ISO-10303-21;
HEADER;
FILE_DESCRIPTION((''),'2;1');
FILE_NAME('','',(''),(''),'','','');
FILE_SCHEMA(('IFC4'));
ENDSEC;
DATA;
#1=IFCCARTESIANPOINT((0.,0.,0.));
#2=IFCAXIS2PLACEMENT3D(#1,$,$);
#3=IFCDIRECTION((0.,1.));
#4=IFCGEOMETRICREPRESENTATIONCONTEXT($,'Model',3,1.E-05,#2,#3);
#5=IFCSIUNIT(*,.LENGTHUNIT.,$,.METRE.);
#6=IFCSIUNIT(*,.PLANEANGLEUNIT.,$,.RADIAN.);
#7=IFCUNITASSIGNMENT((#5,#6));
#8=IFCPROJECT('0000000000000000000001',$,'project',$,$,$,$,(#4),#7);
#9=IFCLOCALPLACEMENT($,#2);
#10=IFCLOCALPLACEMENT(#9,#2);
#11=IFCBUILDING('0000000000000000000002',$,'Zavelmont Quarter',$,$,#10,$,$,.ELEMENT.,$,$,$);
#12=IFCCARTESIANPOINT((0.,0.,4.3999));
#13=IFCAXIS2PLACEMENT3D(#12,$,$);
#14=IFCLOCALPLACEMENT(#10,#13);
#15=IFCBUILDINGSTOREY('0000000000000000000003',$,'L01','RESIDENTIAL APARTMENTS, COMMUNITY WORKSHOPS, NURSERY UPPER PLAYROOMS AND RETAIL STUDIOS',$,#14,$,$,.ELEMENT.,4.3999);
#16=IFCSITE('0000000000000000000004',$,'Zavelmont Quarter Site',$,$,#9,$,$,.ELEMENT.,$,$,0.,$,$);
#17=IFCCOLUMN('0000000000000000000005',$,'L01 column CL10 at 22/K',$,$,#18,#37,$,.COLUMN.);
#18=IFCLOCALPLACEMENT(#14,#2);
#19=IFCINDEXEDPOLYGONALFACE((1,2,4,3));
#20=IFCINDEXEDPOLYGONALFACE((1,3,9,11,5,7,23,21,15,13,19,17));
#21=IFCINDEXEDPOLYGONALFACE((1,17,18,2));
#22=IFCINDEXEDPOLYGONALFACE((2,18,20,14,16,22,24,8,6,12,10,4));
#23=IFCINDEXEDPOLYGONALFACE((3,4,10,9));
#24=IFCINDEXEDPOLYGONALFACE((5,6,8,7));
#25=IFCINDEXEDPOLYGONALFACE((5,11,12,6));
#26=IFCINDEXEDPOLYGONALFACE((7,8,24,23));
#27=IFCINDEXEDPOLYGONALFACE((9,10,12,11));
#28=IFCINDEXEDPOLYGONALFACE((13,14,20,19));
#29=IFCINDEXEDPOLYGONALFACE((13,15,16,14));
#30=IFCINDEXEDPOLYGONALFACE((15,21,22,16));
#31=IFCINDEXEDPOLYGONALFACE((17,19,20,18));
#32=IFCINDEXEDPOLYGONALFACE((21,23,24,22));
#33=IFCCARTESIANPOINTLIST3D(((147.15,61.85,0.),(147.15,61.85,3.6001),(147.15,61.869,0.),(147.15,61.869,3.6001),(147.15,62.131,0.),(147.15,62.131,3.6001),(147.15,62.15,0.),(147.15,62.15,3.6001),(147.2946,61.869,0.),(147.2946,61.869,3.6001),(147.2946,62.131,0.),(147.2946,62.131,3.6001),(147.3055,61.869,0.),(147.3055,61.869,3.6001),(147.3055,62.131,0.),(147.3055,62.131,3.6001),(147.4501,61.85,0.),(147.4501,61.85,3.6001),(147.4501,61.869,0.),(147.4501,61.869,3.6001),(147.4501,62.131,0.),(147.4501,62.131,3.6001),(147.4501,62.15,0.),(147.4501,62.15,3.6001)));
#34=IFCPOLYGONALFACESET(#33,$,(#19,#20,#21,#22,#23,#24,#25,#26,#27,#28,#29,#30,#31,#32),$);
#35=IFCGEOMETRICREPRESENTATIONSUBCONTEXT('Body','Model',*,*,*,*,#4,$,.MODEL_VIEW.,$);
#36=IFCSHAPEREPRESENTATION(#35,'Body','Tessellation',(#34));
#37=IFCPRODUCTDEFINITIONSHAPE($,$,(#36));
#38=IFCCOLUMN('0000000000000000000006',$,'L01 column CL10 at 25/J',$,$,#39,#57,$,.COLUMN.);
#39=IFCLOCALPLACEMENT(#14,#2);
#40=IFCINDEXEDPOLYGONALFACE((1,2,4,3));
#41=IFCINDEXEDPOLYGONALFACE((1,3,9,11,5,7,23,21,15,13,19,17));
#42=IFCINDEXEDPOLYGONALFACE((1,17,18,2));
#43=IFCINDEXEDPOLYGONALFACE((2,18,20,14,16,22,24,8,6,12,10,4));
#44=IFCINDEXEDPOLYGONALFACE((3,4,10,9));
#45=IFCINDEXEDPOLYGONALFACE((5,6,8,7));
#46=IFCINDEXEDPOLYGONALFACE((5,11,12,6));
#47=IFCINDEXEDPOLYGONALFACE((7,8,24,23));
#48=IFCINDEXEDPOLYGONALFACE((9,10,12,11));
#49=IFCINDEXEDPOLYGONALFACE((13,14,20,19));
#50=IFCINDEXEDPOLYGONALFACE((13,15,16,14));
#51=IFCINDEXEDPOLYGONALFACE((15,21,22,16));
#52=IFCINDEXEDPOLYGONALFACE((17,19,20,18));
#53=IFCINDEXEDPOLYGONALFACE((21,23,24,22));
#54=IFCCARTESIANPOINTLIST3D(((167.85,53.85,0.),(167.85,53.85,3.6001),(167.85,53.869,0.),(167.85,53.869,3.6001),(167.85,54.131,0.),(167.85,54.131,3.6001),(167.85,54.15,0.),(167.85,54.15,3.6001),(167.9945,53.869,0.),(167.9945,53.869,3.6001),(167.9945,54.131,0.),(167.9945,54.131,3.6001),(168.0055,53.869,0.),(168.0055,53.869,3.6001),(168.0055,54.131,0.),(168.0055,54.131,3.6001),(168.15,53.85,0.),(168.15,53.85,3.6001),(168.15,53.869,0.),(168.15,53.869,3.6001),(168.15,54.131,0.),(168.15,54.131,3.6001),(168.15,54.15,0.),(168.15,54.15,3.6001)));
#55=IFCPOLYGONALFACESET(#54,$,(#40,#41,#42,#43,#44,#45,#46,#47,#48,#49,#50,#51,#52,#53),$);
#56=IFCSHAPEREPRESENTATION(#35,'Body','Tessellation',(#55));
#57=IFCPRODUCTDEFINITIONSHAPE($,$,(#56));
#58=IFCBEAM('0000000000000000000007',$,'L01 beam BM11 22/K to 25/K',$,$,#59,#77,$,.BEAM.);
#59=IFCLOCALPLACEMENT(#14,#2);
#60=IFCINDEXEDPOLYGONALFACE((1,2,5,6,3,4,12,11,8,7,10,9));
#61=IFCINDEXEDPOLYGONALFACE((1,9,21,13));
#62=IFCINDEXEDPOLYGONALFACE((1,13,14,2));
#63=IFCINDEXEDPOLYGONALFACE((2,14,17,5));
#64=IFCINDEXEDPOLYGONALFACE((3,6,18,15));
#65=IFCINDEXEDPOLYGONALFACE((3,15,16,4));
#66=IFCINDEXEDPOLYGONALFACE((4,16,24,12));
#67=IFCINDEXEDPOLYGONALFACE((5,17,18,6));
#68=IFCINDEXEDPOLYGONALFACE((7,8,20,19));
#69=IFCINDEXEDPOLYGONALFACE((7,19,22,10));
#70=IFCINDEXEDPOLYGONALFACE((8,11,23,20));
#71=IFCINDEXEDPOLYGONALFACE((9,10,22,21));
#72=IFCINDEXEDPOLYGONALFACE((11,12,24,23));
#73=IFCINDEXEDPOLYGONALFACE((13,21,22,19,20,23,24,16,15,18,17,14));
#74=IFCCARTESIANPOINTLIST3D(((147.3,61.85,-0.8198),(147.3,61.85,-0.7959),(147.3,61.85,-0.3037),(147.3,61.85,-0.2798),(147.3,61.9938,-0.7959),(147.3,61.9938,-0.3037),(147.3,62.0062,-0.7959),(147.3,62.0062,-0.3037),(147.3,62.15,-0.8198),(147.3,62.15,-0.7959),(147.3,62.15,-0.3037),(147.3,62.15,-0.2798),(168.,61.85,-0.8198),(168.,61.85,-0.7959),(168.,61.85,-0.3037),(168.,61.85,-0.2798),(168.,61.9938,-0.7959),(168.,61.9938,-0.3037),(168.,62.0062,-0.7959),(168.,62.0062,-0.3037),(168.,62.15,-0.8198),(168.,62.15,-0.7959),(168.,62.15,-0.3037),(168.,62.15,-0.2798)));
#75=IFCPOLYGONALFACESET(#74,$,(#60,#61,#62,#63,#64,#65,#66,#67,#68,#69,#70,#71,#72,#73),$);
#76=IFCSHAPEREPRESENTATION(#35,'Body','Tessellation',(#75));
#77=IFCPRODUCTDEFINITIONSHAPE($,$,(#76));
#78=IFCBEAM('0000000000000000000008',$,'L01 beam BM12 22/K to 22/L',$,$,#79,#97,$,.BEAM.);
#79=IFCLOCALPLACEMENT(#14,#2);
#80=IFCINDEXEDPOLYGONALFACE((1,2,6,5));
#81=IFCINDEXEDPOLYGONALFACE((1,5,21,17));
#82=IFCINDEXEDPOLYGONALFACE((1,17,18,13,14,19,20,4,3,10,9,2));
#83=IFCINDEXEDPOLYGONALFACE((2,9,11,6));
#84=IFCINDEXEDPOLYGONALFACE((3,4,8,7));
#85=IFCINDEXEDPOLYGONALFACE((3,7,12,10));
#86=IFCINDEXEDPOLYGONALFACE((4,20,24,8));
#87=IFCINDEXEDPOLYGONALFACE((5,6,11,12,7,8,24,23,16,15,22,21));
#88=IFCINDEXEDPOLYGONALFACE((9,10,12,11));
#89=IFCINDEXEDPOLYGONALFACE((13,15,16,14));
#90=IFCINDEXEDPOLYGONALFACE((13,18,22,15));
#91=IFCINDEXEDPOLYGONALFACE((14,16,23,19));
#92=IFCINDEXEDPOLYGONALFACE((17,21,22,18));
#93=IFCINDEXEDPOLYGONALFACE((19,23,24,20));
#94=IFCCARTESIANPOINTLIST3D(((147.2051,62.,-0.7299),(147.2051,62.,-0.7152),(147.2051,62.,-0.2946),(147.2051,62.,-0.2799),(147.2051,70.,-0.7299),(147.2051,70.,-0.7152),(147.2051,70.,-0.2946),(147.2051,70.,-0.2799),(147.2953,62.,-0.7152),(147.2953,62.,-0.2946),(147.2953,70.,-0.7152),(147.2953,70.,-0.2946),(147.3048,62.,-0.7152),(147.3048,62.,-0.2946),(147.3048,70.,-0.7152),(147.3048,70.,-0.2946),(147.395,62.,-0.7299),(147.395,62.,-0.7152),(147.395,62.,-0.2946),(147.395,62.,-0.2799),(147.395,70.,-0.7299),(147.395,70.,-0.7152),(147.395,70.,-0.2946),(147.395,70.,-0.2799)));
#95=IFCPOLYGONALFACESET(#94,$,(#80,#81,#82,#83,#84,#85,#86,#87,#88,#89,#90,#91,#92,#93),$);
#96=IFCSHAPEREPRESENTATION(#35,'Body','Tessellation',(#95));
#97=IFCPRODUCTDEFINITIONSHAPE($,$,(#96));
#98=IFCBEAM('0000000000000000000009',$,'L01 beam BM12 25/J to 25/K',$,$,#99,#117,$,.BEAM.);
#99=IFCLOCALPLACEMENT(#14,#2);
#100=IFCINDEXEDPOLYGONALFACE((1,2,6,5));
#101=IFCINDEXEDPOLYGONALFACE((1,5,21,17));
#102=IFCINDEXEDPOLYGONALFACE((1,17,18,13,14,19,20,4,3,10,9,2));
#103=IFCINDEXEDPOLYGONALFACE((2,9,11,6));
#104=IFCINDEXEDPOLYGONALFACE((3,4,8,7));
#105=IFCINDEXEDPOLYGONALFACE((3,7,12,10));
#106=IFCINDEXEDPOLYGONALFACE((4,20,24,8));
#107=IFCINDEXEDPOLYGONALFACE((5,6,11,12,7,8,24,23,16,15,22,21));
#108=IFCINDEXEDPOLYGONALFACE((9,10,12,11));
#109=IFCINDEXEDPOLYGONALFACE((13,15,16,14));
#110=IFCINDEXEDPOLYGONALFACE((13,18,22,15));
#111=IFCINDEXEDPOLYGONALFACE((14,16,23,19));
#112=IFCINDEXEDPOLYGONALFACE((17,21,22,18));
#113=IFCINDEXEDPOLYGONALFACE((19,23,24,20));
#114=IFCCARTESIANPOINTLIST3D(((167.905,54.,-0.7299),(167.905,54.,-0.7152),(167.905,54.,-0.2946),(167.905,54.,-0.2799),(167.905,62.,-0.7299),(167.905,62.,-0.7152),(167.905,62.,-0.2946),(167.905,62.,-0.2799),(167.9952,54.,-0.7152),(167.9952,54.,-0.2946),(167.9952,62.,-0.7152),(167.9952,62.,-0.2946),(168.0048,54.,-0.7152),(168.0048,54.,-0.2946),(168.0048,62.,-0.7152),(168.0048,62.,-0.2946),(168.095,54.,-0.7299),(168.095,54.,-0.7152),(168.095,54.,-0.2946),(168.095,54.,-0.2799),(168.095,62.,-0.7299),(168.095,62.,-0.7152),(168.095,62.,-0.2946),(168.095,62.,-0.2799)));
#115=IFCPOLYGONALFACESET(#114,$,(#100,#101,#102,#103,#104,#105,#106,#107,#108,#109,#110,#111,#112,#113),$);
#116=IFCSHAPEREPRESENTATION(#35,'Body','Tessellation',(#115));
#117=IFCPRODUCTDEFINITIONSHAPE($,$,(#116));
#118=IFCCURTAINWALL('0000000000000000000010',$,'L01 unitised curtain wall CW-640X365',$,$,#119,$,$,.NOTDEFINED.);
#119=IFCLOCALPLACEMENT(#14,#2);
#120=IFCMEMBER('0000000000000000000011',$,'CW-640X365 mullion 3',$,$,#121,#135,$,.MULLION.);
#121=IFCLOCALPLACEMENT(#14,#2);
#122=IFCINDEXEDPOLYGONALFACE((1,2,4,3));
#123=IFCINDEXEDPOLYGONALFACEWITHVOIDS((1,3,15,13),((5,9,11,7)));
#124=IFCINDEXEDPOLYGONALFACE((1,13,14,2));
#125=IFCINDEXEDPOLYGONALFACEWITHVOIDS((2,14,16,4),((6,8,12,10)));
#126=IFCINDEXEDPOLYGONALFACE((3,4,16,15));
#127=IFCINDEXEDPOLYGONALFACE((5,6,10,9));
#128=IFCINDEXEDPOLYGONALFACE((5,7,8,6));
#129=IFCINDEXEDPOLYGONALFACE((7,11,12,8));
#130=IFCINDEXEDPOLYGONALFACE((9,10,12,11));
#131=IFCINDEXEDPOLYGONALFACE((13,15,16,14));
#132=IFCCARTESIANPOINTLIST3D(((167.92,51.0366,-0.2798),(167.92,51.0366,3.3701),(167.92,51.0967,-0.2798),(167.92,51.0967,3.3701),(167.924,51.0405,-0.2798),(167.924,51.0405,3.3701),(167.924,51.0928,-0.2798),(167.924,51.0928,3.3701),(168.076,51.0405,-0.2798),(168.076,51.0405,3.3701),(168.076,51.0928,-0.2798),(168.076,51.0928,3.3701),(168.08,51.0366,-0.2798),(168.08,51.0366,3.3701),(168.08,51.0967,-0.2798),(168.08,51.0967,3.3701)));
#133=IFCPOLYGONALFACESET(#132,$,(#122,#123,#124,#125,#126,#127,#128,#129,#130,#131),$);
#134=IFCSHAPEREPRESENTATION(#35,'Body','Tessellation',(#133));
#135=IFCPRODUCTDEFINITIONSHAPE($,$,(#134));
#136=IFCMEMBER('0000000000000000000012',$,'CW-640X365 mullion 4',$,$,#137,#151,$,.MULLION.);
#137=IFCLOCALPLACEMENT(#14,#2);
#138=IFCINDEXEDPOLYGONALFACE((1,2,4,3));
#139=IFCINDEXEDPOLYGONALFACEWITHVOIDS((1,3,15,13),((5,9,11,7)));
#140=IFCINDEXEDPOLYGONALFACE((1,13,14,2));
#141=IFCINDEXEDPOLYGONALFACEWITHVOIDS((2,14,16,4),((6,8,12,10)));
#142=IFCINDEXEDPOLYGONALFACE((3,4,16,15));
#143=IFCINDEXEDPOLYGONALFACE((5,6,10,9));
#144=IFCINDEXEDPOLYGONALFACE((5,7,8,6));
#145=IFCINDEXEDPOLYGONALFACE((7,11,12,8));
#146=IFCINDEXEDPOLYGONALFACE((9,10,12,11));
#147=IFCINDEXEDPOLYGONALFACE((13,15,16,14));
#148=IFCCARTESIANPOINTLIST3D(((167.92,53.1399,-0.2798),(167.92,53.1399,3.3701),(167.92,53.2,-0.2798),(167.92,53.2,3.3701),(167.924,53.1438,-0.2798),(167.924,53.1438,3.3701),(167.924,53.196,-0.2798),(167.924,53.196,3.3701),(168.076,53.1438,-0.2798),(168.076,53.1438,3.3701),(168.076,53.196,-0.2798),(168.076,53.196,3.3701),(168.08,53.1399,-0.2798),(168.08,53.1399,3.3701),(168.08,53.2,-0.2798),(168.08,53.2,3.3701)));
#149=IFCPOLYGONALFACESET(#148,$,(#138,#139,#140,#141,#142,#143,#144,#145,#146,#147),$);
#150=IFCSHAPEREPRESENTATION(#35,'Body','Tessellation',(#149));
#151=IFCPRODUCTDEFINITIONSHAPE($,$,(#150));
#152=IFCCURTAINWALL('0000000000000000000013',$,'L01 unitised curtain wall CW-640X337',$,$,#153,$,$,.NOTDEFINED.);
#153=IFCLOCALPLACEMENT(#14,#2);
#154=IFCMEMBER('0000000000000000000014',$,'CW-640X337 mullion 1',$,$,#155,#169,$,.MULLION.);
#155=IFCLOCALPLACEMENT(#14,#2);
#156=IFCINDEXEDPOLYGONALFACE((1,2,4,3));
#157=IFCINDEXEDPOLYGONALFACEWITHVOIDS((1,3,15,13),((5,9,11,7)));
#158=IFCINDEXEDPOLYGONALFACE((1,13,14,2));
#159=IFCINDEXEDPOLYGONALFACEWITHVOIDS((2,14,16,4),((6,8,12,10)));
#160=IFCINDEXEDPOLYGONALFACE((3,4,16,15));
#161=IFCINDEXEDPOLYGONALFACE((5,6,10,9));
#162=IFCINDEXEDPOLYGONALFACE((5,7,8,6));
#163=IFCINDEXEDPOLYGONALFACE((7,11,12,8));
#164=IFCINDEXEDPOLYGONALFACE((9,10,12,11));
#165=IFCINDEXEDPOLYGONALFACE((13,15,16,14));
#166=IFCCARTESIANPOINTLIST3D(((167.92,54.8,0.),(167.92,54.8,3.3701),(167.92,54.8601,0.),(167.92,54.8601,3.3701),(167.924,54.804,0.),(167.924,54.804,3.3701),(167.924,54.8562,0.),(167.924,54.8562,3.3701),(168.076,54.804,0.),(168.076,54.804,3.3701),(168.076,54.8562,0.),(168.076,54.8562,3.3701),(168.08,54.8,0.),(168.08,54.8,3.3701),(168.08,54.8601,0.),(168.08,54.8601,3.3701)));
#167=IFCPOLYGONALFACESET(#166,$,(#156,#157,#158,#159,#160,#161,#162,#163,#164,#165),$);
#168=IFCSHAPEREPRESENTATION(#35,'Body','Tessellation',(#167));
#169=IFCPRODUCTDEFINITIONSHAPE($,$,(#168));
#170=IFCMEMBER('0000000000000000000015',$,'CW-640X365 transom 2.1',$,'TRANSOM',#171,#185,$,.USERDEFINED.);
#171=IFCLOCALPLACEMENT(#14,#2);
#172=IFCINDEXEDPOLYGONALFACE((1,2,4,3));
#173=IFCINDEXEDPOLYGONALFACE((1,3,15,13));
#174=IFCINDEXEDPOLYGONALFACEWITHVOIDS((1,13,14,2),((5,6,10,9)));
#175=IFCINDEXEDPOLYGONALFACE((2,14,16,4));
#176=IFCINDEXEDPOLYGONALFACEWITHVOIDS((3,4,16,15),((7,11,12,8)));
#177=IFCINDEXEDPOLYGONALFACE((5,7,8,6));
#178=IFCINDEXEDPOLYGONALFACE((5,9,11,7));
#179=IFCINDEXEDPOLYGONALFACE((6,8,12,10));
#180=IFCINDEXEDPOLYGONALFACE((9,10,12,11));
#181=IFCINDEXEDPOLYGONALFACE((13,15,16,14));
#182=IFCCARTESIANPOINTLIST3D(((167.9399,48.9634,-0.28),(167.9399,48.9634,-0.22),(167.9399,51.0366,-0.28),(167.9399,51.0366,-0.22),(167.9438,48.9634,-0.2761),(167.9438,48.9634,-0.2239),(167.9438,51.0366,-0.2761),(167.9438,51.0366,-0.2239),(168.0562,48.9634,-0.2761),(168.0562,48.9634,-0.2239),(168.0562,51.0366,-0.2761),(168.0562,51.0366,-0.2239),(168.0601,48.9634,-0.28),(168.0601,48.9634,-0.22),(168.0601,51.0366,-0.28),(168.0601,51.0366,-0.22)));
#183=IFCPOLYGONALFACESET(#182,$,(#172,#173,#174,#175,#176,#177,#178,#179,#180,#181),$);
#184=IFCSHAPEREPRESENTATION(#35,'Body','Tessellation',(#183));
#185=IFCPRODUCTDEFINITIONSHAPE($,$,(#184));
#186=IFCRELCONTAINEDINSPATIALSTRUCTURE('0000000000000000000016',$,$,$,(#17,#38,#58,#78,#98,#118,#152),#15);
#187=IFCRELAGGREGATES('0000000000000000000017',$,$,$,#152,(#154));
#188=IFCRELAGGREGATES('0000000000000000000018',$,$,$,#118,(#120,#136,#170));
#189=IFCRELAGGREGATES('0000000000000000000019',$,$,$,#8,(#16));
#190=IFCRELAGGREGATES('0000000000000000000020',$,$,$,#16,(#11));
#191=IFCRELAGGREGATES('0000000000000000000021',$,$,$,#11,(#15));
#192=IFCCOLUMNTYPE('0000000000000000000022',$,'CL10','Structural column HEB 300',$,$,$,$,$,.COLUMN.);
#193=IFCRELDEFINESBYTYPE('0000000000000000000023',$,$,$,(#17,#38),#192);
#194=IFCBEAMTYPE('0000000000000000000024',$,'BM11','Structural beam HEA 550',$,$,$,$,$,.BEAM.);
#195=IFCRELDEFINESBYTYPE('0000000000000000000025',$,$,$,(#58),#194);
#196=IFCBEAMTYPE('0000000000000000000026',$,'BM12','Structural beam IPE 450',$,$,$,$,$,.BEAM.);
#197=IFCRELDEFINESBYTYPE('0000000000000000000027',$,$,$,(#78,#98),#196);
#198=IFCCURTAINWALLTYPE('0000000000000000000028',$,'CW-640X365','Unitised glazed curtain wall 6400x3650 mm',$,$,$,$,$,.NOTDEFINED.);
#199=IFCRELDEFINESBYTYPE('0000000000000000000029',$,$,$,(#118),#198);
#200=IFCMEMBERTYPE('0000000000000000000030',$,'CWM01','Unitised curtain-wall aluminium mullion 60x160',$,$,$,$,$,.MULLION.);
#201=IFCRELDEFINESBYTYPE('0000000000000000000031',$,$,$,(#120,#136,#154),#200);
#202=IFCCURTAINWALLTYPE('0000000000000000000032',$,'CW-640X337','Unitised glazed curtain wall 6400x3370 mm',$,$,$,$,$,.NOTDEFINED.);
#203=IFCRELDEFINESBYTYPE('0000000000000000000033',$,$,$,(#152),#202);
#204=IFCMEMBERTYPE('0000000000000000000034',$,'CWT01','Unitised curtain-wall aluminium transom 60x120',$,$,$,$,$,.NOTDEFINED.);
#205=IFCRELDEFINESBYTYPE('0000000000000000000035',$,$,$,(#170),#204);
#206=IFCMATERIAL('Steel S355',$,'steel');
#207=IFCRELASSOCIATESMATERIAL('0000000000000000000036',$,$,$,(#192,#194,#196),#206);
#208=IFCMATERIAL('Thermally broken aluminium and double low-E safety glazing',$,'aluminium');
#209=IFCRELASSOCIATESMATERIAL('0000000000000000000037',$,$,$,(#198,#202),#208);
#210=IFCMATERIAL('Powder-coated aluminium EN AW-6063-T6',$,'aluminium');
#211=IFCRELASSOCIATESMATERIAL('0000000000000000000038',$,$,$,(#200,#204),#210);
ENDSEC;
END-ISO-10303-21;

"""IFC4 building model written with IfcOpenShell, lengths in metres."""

from ifc_helpers import new_model, si_unit, direction, frame, origin, origin_2d, place, context, subcontext, project, spatial, hollow_rectangle, i_section, extrude, material, material_profile, profile_set, type_object, element, aggregate, save


model = new_model("IFC4")

# Units and contexts
model_context = context("Model", 3, precision=1e-05, world=origin(), true_north=direction((0.0, 1.0)))
body_context = subcontext(model_context, "Body", "Model", "MODEL_VIEW")
ifc_project = project(units=[si_unit("LENGTHUNIT", "METRE"), si_unit("PLANEANGLEUNIT", "RADIAN")], contexts=[model_context])

# Site, building, storey
site_placement = place(None, origin())
site = spatial("IfcSite", under=ifc_project, at=site_placement, Name="Zavelmont Quarter Site", CompositionType="ELEMENT", RefElevation=0.0)
building_placement = place(site_placement, origin())
building = spatial("IfcBuilding", under=site, at=building_placement, Name="Zavelmont Quarter", CompositionType="ELEMENT")
storey_placement = place(building_placement, frame((0.0, 0.0, 4.3999)))
storey = spatial("IfcBuildingStorey", under=building, at=storey_placement, Name="L01", Description="RESIDENTIAL APARTMENTS, COMMUNITY WORKSHOPS, NURSERY UPPER PLAYROOMS AND RETAIL STUDIOS", CompositionType="ELEMENT", Elevation=4.3999)

# Columns
ifc_material_1 = material(Name="Steel S355", Category="steel")
ifc_material_profile_1 = material_profile(ifc_material_1, i_section(OverallWidth=0.3, OverallDepth=0.3, WebThickness=0.011, FlangeThickness=0.019, at=origin_2d()), Name="HEB 300")
ifc_profile_set_1 = profile_set([ifc_material_profile_1], Name="Steel S355")
column_type = type_object("IfcColumnType", Name="CL10", Description="Structural column HEB 300", PredefinedType="COLUMN", material=ifc_profile_set_1)
for number, where, z_axis, x_axis, name in (
    (1, (147.3, 62.0, 0.0), (0.0, 0.0, 1.0), (1.0, 0.0, 0.0), "L01 column CL10 at 22/K"),
    (2, (168.0, 54.0, 0.0), (0.0, 0.0, 1.0), (1.0, 0.0, 0.0), "L01 column CL10 at 25/J"),
):
    element("IfcColumn", number, at=place(storey_placement, frame(where, z_axis=z_axis, x_axis=x_axis)), inside=storey, type_object=column_type, Name=name, PredefinedType="COLUMN", context=body_context, shape_type="SweptSolid", body=[
        extrude(i_section(OverallWidth=0.3, OverallDepth=0.3, WebThickness=0.011, FlangeThickness=0.019, at=origin_2d()), origin(), (0.0, 0.0, 1.0), 3.6001),
    ])

# Beams
ifc_material_profile_2 = material_profile(ifc_material_1, i_section(OverallWidth=0.3, OverallDepth=0.54, WebThickness=0.0125, FlangeThickness=0.0239, at=origin_2d()), Name="HEA 550")
ifc_profile_set_2 = profile_set([ifc_material_profile_2], Name="Steel S355")
beam_type_1 = type_object("IfcBeamType", Name="BM11", Description="Structural beam HEA 550", PredefinedType="BEAM", material=ifc_profile_set_2)
beam_placement = place(storey_placement, frame((147.3, 62.0, -0.5498), z_axis=(1.0, 0.0, 0.0), x_axis=(0.0, 1.0, 0.0)))
element("IfcBeam", 3, at=beam_placement, inside=storey, type_object=beam_type_1, Name="L01 beam BM11 22/K to 25/K", PredefinedType="BEAM", context=body_context, shape_type="SweptSolid", body=[
    extrude(i_section(OverallWidth=0.3, OverallDepth=0.54, WebThickness=0.0125, FlangeThickness=0.0239, at=origin_2d()), origin(), (0.0, 0.0, 1.0), 20.7),
])
ifc_material_profile_3 = material_profile(ifc_material_1, i_section(OverallWidth=0.1899, OverallDepth=0.45, WebThickness=0.0095, FlangeThickness=0.0146, at=origin_2d()), Name="IPE 450")
ifc_profile_set_3 = profile_set([ifc_material_profile_3], Name="Steel S355")
beam_type_2 = type_object("IfcBeamType", Name="BM12", Description="Structural beam IPE 450", PredefinedType="BEAM", material=ifc_profile_set_3)
for number, where, z_axis, x_axis, name in (
    (4, (147.3, 62.0, -0.5049), (0.0, 1.0, 0.0), (-1.0, 0.0, 0.0), "L01 beam BM12 22/K to 22/L"),
    (5, (168.0, 54.0, -0.5049), (0.0, 1.0, 0.0), (-1.0, 0.0, 0.0), "L01 beam BM12 25/J to 25/K"),
):
    element("IfcBeam", number, at=place(storey_placement, frame(where, z_axis=z_axis, x_axis=x_axis)), inside=storey, type_object=beam_type_2, Name=name, PredefinedType="BEAM", context=body_context, shape_type="SweptSolid", body=[
        extrude(i_section(OverallWidth=0.1899, OverallDepth=0.45, WebThickness=0.0095, FlangeThickness=0.0146, at=origin_2d()), origin(), (0.0, 0.0, 1.0), 8.0),
    ])

# Curtain wall, members
ifc_material_2 = material(Name="Thermally broken aluminium and double low-E safety glazing", Category="aluminium")
curtain_wall_type_1 = type_object("IfcCurtainWallType", Name="CW-640X365", Description="Unitised glazed curtain wall 6400x3650 mm", PredefinedType="NOTDEFINED", material=ifc_material_2)
curtain_wall_1_placement = place(storey_placement, origin())
curtain_wall_1 = element("IfcCurtainWall", 6, at=curtain_wall_1_placement, inside=storey, type_object=curtain_wall_type_1, Name="L01 unitised curtain wall CW-640X365", PredefinedType="NOTDEFINED")
ifc_material_3 = material(Name="Powder-coated aluminium EN AW-6063-T6", Category="aluminium")
ifc_material_profile_4 = material_profile(ifc_material_3, hollow_rectangle(XDim=0.0601, YDim=0.1599, WallThickness=0.0039, at=origin_2d()), Name="CWM60X160")
ifc_profile_set_4 = profile_set([ifc_material_profile_4], Name="Powder-coated aluminium EN AW-6063-T6")
member_type_1 = type_object("IfcMemberType", Name="CWM01", Description="Unitised curtain-wall aluminium mullion 60x160", PredefinedType="MULLION", material=ifc_profile_set_4)
member_1_placement = place(storey_placement, frame((168.0, 51.0667, -0.2798), z_axis=(0.0, 0.0, 1.0), x_axis=(0.0, 1.0, 0.0)))
member_1 = element("IfcMember", 7, at=member_1_placement, type_object=member_type_1, Name="CW-640X365 mullion 3", PredefinedType="MULLION", context=body_context, shape_type="SweptSolid", body=[
    extrude(hollow_rectangle(XDim=0.0601, YDim=0.1599, WallThickness=0.0039, at=origin_2d()), origin(), (0.0, 0.0, 1.0), 3.6499),
])
member_2_placement = place(storey_placement, frame((168.0, 53.1699, -0.2798), z_axis=(0.0, 0.0, 1.0), x_axis=(0.0, 1.0, 0.0)))
member_2 = element("IfcMember", 8, at=member_2_placement, type_object=member_type_1, Name="CW-640X365 mullion 4", PredefinedType="MULLION", context=body_context, shape_type="SweptSolid", body=[
    extrude(hollow_rectangle(XDim=0.0601, YDim=0.1599, WallThickness=0.0039, at=origin_2d()), origin(), (0.0, 0.0, 1.0), 3.6499),
])

# Curtain wall, member
curtain_wall_type_2 = type_object("IfcCurtainWallType", Name="CW-640X337", Description="Unitised glazed curtain wall 6400x3370 mm", PredefinedType="NOTDEFINED", material=ifc_material_2)
curtain_wall_2_placement = place(storey_placement, origin())
curtain_wall_2 = element("IfcCurtainWall", 9, at=curtain_wall_2_placement, inside=storey, type_object=curtain_wall_type_2, Name="L01 unitised curtain wall CW-640X337", PredefinedType="NOTDEFINED")
member_3_placement = place(storey_placement, frame((168.0, 54.8301, 0.0), z_axis=(0.0, 0.0, 1.0), x_axis=(0.0, 1.0, 0.0)))
member_3 = element("IfcMember", 10, at=member_3_placement, type_object=member_type_1, Name="CW-640X337 mullion 1", PredefinedType="MULLION", context=body_context, shape_type="SweptSolid", body=[
    extrude(hollow_rectangle(XDim=0.0601, YDim=0.1599, WallThickness=0.0039, at=origin_2d()), origin(), (0.0, 0.0, 1.0), 3.3701),
])

# Member
ifc_material_profile_5 = material_profile(ifc_material_3, hollow_rectangle(XDim=0.1201, YDim=0.0601, WallThickness=0.0039, at=origin_2d()), Name="CWT60X120")
ifc_profile_set_5 = profile_set([ifc_material_profile_5], Name="Powder-coated aluminium EN AW-6063-T6")
member_type_2 = type_object("IfcMemberType", Name="CWT01", Description="Unitised curtain-wall aluminium transom 60x120", PredefinedType="NOTDEFINED", material=ifc_profile_set_5)
member_4_placement = place(storey_placement, frame((168.0, 48.9634, -0.25), z_axis=(0.0, 1.0, 0.0), x_axis=(-1.0, 0.0, 0.0)))
member_4 = element("IfcMember", 11, at=member_4_placement, type_object=member_type_2, Name="CW-640X365 transom 2.1", ObjectType="TRANSOM", PredefinedType="USERDEFINED", context=body_context, shape_type="SweptSolid", body=[
    extrude(hollow_rectangle(XDim=0.1201, YDim=0.0601, WallThickness=0.0039, at=origin_2d()), origin(), (0.0, 0.0, 1.0), 2.0732),
])
aggregate(curtain_wall_2, [member_3])

aggregate(curtain_wall_1, [member_1, member_2, member_4])

save(model, "model.ifc")
